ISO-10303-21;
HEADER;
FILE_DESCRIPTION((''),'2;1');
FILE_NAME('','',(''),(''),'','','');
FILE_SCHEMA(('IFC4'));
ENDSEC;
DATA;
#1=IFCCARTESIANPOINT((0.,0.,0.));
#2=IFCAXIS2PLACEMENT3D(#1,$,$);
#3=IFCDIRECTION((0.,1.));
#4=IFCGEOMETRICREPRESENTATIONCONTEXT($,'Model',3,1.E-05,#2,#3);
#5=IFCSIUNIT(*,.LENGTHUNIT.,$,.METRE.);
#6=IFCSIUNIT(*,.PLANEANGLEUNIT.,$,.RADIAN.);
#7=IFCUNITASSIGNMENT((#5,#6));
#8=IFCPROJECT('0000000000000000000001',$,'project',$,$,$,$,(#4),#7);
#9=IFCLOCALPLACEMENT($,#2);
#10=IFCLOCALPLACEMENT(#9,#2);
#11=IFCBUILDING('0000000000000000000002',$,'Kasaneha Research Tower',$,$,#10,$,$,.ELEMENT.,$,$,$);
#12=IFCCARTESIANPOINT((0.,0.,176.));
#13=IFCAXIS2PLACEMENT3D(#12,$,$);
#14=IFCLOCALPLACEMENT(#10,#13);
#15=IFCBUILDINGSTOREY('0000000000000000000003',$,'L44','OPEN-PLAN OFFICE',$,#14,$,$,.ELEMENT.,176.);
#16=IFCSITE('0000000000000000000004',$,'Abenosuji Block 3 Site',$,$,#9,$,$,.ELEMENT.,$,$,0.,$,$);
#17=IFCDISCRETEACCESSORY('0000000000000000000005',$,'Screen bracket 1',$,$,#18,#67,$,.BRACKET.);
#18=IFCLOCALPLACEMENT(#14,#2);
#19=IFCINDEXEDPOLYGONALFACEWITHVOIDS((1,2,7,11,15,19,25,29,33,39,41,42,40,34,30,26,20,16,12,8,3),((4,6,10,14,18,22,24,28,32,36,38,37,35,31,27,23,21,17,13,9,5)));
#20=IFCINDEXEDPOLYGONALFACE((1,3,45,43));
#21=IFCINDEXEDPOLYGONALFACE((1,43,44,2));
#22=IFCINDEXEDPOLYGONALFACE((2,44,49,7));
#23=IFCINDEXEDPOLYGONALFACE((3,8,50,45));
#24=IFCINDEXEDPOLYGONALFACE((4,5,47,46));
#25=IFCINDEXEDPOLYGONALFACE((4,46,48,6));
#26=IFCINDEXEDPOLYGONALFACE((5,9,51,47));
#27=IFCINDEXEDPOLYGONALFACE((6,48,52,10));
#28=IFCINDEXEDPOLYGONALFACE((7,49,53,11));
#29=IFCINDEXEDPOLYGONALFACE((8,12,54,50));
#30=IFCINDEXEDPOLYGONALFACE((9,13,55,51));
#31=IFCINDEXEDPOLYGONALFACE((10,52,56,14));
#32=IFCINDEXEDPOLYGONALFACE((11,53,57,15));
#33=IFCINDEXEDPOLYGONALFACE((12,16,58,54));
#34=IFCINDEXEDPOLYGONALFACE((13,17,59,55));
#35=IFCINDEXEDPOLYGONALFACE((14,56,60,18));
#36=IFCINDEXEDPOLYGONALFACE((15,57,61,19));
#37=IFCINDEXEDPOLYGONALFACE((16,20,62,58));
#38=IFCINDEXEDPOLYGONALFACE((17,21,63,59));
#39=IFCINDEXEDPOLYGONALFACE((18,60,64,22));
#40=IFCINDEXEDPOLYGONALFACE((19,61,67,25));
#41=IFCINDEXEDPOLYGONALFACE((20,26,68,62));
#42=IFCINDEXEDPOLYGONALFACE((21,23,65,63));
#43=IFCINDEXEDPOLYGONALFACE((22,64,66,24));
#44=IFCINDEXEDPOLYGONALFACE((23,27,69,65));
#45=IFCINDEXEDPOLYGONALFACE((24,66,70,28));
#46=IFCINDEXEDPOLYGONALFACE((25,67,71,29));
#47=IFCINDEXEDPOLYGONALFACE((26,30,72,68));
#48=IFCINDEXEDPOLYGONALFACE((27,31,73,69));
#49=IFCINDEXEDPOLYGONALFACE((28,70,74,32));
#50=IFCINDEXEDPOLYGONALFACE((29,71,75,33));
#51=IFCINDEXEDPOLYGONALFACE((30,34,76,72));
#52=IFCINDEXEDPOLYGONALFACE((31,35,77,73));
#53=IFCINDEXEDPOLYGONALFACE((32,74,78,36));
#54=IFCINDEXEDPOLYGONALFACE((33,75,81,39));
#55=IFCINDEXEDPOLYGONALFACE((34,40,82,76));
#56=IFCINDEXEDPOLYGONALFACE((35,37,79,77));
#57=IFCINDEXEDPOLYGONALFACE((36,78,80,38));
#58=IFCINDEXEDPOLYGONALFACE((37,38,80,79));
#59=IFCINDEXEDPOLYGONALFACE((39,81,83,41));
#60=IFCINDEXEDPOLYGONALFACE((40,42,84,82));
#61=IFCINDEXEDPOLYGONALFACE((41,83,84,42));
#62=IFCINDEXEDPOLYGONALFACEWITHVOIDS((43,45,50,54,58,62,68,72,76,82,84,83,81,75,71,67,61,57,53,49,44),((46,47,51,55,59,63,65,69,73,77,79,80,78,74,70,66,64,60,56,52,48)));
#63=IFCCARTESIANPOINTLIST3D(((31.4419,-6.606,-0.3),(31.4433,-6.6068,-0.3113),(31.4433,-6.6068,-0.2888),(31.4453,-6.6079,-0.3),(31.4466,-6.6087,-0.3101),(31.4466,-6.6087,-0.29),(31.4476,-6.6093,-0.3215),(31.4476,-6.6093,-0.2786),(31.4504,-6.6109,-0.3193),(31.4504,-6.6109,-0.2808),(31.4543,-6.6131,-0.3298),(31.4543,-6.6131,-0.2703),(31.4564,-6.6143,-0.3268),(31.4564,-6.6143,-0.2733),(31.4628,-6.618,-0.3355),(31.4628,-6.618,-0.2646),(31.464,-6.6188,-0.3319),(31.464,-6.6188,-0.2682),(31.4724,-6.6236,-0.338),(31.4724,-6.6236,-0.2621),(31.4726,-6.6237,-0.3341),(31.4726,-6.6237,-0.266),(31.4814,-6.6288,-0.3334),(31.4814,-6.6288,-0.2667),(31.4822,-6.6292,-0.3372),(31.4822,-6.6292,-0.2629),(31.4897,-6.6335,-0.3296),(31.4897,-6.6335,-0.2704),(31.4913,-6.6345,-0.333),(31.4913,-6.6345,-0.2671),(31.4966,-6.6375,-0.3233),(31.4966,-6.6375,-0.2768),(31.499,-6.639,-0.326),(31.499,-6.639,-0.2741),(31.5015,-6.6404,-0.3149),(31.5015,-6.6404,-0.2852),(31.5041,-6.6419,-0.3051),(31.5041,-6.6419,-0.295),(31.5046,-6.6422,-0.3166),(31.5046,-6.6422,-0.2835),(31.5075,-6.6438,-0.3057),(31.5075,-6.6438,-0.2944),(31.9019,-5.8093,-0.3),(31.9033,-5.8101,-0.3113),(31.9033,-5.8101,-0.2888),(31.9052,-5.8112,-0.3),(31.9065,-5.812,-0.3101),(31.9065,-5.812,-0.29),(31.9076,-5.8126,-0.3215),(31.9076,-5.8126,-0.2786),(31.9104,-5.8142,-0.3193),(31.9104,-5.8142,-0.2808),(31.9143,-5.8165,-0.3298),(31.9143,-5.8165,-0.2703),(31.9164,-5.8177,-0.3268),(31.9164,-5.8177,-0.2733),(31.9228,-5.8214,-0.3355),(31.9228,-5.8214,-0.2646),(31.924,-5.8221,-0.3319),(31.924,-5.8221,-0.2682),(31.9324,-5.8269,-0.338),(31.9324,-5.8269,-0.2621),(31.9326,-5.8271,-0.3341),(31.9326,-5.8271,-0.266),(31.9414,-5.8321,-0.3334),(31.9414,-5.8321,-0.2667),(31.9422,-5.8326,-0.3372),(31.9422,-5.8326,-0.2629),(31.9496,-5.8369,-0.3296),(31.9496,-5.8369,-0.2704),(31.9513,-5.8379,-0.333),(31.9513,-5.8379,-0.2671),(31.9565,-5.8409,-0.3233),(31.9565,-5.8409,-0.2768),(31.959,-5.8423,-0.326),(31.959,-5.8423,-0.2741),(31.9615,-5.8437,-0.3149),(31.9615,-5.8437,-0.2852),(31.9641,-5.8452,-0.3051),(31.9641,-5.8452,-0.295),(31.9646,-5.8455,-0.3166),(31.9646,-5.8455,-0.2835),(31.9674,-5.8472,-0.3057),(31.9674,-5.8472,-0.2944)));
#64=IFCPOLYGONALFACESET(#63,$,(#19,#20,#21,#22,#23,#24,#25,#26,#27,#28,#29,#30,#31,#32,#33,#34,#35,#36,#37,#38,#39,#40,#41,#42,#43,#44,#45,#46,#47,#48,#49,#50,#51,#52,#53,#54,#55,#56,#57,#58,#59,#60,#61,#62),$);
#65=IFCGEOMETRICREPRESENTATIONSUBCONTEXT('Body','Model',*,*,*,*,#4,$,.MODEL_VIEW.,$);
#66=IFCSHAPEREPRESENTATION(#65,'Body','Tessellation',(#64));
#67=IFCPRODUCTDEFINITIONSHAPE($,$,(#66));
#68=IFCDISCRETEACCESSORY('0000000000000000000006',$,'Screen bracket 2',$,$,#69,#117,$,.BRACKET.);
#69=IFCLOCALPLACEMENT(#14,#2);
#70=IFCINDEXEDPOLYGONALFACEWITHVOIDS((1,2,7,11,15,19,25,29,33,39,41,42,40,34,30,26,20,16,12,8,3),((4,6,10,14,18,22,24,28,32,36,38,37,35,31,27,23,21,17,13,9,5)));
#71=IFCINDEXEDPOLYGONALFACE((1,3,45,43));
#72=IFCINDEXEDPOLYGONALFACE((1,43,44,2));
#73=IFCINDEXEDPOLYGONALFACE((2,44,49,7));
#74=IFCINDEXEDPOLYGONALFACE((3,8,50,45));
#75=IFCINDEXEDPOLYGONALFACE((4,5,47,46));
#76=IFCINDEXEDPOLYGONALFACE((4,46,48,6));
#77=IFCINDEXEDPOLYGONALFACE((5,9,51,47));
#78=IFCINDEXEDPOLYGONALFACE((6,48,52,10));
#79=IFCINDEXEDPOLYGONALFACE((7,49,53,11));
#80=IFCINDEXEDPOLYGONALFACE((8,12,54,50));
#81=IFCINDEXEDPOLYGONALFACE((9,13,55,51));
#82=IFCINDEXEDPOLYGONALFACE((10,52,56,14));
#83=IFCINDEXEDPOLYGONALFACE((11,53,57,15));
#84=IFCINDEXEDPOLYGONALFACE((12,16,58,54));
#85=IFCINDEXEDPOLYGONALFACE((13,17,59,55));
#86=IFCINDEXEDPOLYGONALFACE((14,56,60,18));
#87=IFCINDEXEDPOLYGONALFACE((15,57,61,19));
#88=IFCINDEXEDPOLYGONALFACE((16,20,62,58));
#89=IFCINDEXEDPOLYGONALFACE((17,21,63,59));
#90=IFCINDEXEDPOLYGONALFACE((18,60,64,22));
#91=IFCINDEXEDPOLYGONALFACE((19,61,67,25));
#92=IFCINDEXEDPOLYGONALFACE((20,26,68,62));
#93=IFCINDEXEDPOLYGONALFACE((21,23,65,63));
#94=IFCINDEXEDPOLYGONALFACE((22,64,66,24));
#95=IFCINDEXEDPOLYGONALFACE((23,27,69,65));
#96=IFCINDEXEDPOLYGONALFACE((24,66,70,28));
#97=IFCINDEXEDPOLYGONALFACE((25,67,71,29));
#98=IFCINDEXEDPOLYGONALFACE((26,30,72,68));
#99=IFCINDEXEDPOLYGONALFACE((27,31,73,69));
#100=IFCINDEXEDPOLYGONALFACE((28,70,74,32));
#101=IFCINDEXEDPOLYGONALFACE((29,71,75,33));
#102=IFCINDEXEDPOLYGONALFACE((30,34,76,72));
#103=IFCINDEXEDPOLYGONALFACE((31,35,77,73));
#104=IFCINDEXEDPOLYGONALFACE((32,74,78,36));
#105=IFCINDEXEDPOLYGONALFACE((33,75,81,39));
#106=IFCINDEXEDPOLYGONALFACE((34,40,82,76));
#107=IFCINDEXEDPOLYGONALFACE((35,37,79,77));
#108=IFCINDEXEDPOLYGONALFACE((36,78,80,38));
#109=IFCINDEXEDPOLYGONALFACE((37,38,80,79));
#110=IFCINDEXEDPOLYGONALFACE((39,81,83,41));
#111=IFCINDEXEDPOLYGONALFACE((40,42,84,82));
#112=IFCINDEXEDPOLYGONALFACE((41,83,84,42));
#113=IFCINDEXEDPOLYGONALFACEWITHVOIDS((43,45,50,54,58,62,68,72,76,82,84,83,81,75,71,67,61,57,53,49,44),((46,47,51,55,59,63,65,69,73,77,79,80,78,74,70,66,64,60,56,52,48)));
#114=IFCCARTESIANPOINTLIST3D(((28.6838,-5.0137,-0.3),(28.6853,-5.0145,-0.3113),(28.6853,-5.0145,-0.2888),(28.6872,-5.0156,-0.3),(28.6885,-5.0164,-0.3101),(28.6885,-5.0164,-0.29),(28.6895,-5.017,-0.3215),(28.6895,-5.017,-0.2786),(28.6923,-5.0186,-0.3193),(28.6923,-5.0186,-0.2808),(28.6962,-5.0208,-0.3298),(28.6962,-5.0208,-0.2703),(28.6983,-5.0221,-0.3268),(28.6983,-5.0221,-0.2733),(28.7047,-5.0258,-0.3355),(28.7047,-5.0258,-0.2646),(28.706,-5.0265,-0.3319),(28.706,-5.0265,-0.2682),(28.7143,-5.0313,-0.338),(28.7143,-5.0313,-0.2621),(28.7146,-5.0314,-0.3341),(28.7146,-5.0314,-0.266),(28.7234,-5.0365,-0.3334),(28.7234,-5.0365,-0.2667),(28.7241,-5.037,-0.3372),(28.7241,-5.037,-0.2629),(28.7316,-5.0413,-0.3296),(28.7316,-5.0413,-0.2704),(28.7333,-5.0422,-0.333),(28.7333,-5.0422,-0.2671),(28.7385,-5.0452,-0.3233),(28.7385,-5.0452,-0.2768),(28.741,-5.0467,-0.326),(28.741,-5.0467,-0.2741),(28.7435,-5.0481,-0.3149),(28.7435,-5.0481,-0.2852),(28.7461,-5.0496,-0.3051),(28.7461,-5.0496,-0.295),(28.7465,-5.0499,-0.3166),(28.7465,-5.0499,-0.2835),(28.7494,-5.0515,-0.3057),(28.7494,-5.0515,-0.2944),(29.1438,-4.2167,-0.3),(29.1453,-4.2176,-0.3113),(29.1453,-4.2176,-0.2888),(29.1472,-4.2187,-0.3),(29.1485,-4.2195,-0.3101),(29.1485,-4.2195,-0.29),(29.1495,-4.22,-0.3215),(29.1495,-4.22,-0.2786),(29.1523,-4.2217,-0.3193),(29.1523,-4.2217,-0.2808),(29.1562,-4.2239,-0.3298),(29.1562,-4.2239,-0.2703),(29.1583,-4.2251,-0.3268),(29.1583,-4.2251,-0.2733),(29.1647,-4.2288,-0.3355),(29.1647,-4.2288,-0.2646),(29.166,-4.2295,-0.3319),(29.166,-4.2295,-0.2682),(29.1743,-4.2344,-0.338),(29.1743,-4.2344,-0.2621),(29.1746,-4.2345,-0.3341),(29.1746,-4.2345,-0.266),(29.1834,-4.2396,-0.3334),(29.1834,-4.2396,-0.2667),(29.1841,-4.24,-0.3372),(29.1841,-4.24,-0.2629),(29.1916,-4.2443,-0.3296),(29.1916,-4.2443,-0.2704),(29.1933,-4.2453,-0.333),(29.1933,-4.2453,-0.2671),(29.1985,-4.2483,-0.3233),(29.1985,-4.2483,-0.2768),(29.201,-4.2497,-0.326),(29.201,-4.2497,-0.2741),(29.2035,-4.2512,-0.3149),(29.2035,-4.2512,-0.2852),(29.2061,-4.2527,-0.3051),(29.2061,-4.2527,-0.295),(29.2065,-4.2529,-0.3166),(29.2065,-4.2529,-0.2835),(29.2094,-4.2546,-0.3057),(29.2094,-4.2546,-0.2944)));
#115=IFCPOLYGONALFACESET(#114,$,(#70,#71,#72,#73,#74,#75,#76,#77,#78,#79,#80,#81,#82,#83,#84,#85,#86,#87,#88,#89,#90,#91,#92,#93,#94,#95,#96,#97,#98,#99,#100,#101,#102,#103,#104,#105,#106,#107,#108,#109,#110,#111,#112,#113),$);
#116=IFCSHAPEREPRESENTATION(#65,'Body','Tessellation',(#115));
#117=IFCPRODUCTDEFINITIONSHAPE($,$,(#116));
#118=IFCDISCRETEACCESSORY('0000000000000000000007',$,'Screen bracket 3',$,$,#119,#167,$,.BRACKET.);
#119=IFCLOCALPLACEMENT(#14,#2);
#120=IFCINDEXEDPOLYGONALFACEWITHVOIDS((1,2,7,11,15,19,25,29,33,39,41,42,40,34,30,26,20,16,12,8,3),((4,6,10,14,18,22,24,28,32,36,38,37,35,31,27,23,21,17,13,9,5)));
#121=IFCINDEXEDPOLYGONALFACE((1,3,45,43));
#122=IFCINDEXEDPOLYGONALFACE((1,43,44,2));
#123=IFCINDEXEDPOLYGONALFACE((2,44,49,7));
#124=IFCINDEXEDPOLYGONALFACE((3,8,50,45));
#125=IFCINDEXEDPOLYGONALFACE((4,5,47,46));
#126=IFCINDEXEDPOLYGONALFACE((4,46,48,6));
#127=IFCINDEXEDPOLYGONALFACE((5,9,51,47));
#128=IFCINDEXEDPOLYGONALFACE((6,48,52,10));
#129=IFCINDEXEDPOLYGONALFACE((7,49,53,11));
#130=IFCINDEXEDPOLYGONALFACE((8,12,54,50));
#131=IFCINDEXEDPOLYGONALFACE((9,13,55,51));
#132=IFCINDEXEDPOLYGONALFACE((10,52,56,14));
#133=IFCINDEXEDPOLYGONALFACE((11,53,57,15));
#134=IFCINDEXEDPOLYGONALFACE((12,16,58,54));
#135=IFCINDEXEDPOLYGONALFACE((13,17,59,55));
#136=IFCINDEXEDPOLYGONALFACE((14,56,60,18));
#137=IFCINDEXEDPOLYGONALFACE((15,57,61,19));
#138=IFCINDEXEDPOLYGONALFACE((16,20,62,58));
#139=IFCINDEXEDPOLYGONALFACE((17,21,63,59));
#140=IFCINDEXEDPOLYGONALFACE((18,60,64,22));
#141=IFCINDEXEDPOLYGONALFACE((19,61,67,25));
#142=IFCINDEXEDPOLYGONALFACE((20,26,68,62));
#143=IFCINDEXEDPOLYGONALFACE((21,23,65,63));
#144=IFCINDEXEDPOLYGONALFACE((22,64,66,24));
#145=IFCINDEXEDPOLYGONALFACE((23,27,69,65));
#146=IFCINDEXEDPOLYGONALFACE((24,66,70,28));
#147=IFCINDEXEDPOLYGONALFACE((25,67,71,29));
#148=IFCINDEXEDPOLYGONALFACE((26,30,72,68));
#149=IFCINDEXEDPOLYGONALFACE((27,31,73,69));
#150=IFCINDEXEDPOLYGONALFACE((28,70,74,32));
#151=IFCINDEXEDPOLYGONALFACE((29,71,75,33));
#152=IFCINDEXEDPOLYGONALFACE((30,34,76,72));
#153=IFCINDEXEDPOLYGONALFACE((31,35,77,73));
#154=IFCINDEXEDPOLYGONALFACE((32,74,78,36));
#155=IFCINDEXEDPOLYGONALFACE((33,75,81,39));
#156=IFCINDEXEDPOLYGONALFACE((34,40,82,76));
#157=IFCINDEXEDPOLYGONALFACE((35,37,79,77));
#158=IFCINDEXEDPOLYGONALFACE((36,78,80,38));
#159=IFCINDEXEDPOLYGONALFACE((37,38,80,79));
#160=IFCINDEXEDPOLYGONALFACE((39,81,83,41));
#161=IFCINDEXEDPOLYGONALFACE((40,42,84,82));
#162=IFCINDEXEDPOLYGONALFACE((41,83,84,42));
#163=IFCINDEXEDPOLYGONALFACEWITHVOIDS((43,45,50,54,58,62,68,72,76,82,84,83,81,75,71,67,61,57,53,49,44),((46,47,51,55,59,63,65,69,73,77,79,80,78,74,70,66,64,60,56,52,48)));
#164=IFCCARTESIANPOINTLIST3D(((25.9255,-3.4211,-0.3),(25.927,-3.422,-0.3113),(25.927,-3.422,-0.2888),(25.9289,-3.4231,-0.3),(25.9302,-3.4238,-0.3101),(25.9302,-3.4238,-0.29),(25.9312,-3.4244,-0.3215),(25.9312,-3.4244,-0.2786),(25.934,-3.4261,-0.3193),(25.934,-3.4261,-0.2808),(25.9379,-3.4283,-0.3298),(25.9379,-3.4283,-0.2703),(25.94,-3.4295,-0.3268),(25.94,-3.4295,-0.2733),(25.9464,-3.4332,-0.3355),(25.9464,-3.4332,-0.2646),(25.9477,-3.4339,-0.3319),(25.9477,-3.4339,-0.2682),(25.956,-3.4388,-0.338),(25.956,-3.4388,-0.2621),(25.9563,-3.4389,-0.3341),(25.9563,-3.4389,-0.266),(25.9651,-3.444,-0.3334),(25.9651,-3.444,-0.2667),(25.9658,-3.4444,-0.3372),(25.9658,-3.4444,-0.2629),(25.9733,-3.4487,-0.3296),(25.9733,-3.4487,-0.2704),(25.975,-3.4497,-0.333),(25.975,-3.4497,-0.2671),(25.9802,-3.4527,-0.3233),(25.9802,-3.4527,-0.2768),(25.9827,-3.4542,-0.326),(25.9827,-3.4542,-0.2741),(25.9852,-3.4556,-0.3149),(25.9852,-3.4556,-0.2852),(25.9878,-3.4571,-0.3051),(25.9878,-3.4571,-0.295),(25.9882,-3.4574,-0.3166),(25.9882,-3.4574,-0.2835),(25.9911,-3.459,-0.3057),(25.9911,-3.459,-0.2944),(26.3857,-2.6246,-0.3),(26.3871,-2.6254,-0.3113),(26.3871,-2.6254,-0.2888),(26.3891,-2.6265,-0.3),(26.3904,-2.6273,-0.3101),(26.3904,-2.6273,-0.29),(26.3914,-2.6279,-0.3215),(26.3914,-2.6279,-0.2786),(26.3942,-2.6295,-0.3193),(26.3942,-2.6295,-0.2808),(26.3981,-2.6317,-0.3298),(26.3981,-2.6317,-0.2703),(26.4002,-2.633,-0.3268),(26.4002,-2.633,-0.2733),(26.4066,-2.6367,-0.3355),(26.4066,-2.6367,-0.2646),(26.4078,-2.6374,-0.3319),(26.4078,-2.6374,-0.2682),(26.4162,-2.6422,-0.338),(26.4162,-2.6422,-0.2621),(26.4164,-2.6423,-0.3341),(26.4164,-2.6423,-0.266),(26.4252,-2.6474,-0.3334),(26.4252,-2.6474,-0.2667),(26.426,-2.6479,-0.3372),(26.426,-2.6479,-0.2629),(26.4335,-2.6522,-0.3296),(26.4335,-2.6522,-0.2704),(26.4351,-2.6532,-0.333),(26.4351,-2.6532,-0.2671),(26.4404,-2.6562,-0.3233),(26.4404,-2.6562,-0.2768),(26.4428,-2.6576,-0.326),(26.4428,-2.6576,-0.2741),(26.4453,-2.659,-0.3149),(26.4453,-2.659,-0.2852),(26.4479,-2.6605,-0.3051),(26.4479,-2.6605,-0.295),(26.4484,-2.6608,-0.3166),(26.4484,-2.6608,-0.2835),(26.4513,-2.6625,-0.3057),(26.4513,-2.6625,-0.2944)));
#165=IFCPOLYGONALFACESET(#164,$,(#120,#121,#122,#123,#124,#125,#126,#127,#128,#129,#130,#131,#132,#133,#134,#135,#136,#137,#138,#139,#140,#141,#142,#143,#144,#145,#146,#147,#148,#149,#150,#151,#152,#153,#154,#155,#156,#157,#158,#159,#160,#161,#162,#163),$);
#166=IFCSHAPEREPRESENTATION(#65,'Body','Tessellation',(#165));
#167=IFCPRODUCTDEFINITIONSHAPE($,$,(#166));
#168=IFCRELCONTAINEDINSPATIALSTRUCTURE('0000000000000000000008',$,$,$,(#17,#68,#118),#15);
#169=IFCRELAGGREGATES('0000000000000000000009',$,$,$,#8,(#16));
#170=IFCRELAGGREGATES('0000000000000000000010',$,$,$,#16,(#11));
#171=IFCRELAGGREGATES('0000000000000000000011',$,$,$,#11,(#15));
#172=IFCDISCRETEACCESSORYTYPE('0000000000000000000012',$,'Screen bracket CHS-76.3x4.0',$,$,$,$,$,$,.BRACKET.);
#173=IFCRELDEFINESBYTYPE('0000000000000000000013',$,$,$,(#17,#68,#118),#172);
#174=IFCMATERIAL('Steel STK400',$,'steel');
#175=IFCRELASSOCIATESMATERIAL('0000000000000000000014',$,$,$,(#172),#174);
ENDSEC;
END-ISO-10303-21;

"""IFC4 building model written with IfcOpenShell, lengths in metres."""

from ifc_helpers import new_model, si_unit, direction, frame, origin, origin_2d, place, context, subcontext, project, spatial, hollow_circle, extrude, material, material_profile, profile_set, type_object, element, save


model = new_model("IFC4")

# Units and contexts
model_context = context("Model", 3, precision=1e-05, world=origin(), true_north=direction((0.0, 1.0)))
body_context = subcontext(model_context, "Body", "Model", "MODEL_VIEW")
ifc_project = project(units=[si_unit("LENGTHUNIT", "METRE"), si_unit("PLANEANGLEUNIT", "RADIAN")], contexts=[model_context])

# Site, building, storey
site_placement = place(None, origin())
site = spatial("IfcSite", under=ifc_project, at=site_placement, Name="Abenosuji Block 3 Site", CompositionType="ELEMENT", RefElevation=0.0)
building_placement = place(site_placement, origin())
building = spatial("IfcBuilding", under=site, at=building_placement, Name="Kasaneha Research Tower", CompositionType="ELEMENT")
storey_placement = place(building_placement, frame((0.0, 0.0, 176.0)))
storey = spatial("IfcBuildingStorey", under=building, at=storey_placement, Name="L44", Description="OPEN-PLAN OFFICE", CompositionType="ELEMENT", Elevation=176.0)

# Discrete accessories
ifc_material_1 = material(Name="Steel STK400", Category="steel")
ifc_material_profile_1 = material_profile(ifc_material_1, hollow_circle(Radius=0.0381, WallThickness=0.0039, at=origin_2d()), Name="CHS-76.3x4.0")
ifc_profile_set_1 = profile_set([ifc_material_profile_1], Name="Steel STK400")
discrete_accessory_type = type_object("IfcDiscreteAccessoryType", Name="Screen bracket CHS-76.3x4.0", PredefinedType="BRACKET", material=ifc_profile_set_1)
discrete_accessory_1_placement = place(storey_placement, frame((31.4749, -6.625, -0.3), z_axis=(0.500021, 0.866013, 0.0), x_axis=(-0.866013, 0.500021, 0.0)))
element("IfcDiscreteAccessory", 1, at=discrete_accessory_1_placement, inside=storey, type_object=discrete_accessory_type, Name="Screen bracket 1", PredefinedType="BRACKET", context=body_context, shape_type="SweptSolid", body=[
    extrude(hollow_circle(Radius=0.0381, WallThickness=0.0039, at=origin_2d()), origin(), (0.0, 0.0, 1.0), 0.9199),
])
discrete_accessory_2_placement = place(storey_placement, frame((28.7168, -5.0327, -0.3), z_axis=(0.499906, 0.86608, 0.0), x_axis=(-0.86608, 0.499906, 0.0)))
element("IfcDiscreteAccessory", 2, at=discrete_accessory_2_placement, inside=storey, type_object=discrete_accessory_type, Name="Screen bracket 2", PredefinedType="BRACKET", context=body_context, shape_type="SweptSolid", body=[
    extrude(hollow_circle(Radius=0.0381, WallThickness=0.0039, at=origin_2d()), origin(), (0.0, 0.0, 1.0), 0.9202),
])
discrete_accessory_3_placement = place(storey_placement, frame((25.9585, -3.4402, -0.3), z_axis=(0.50022, 0.865898, 0.0), x_axis=(-0.865898, 0.50022, 0.0)))
element("IfcDiscreteAccessory", 3, at=discrete_accessory_3_placement, inside=storey, type_object=discrete_accessory_type, Name="Screen bracket 3", PredefinedType="BRACKET", context=body_context, shape_type="SweptSolid", body=[
    extrude(hollow_circle(Radius=0.0381, WallThickness=0.0039, at=origin_2d()), origin(), (0.0, 0.0, 1.0), 0.9199),
])

save(model, "model.ifc")
